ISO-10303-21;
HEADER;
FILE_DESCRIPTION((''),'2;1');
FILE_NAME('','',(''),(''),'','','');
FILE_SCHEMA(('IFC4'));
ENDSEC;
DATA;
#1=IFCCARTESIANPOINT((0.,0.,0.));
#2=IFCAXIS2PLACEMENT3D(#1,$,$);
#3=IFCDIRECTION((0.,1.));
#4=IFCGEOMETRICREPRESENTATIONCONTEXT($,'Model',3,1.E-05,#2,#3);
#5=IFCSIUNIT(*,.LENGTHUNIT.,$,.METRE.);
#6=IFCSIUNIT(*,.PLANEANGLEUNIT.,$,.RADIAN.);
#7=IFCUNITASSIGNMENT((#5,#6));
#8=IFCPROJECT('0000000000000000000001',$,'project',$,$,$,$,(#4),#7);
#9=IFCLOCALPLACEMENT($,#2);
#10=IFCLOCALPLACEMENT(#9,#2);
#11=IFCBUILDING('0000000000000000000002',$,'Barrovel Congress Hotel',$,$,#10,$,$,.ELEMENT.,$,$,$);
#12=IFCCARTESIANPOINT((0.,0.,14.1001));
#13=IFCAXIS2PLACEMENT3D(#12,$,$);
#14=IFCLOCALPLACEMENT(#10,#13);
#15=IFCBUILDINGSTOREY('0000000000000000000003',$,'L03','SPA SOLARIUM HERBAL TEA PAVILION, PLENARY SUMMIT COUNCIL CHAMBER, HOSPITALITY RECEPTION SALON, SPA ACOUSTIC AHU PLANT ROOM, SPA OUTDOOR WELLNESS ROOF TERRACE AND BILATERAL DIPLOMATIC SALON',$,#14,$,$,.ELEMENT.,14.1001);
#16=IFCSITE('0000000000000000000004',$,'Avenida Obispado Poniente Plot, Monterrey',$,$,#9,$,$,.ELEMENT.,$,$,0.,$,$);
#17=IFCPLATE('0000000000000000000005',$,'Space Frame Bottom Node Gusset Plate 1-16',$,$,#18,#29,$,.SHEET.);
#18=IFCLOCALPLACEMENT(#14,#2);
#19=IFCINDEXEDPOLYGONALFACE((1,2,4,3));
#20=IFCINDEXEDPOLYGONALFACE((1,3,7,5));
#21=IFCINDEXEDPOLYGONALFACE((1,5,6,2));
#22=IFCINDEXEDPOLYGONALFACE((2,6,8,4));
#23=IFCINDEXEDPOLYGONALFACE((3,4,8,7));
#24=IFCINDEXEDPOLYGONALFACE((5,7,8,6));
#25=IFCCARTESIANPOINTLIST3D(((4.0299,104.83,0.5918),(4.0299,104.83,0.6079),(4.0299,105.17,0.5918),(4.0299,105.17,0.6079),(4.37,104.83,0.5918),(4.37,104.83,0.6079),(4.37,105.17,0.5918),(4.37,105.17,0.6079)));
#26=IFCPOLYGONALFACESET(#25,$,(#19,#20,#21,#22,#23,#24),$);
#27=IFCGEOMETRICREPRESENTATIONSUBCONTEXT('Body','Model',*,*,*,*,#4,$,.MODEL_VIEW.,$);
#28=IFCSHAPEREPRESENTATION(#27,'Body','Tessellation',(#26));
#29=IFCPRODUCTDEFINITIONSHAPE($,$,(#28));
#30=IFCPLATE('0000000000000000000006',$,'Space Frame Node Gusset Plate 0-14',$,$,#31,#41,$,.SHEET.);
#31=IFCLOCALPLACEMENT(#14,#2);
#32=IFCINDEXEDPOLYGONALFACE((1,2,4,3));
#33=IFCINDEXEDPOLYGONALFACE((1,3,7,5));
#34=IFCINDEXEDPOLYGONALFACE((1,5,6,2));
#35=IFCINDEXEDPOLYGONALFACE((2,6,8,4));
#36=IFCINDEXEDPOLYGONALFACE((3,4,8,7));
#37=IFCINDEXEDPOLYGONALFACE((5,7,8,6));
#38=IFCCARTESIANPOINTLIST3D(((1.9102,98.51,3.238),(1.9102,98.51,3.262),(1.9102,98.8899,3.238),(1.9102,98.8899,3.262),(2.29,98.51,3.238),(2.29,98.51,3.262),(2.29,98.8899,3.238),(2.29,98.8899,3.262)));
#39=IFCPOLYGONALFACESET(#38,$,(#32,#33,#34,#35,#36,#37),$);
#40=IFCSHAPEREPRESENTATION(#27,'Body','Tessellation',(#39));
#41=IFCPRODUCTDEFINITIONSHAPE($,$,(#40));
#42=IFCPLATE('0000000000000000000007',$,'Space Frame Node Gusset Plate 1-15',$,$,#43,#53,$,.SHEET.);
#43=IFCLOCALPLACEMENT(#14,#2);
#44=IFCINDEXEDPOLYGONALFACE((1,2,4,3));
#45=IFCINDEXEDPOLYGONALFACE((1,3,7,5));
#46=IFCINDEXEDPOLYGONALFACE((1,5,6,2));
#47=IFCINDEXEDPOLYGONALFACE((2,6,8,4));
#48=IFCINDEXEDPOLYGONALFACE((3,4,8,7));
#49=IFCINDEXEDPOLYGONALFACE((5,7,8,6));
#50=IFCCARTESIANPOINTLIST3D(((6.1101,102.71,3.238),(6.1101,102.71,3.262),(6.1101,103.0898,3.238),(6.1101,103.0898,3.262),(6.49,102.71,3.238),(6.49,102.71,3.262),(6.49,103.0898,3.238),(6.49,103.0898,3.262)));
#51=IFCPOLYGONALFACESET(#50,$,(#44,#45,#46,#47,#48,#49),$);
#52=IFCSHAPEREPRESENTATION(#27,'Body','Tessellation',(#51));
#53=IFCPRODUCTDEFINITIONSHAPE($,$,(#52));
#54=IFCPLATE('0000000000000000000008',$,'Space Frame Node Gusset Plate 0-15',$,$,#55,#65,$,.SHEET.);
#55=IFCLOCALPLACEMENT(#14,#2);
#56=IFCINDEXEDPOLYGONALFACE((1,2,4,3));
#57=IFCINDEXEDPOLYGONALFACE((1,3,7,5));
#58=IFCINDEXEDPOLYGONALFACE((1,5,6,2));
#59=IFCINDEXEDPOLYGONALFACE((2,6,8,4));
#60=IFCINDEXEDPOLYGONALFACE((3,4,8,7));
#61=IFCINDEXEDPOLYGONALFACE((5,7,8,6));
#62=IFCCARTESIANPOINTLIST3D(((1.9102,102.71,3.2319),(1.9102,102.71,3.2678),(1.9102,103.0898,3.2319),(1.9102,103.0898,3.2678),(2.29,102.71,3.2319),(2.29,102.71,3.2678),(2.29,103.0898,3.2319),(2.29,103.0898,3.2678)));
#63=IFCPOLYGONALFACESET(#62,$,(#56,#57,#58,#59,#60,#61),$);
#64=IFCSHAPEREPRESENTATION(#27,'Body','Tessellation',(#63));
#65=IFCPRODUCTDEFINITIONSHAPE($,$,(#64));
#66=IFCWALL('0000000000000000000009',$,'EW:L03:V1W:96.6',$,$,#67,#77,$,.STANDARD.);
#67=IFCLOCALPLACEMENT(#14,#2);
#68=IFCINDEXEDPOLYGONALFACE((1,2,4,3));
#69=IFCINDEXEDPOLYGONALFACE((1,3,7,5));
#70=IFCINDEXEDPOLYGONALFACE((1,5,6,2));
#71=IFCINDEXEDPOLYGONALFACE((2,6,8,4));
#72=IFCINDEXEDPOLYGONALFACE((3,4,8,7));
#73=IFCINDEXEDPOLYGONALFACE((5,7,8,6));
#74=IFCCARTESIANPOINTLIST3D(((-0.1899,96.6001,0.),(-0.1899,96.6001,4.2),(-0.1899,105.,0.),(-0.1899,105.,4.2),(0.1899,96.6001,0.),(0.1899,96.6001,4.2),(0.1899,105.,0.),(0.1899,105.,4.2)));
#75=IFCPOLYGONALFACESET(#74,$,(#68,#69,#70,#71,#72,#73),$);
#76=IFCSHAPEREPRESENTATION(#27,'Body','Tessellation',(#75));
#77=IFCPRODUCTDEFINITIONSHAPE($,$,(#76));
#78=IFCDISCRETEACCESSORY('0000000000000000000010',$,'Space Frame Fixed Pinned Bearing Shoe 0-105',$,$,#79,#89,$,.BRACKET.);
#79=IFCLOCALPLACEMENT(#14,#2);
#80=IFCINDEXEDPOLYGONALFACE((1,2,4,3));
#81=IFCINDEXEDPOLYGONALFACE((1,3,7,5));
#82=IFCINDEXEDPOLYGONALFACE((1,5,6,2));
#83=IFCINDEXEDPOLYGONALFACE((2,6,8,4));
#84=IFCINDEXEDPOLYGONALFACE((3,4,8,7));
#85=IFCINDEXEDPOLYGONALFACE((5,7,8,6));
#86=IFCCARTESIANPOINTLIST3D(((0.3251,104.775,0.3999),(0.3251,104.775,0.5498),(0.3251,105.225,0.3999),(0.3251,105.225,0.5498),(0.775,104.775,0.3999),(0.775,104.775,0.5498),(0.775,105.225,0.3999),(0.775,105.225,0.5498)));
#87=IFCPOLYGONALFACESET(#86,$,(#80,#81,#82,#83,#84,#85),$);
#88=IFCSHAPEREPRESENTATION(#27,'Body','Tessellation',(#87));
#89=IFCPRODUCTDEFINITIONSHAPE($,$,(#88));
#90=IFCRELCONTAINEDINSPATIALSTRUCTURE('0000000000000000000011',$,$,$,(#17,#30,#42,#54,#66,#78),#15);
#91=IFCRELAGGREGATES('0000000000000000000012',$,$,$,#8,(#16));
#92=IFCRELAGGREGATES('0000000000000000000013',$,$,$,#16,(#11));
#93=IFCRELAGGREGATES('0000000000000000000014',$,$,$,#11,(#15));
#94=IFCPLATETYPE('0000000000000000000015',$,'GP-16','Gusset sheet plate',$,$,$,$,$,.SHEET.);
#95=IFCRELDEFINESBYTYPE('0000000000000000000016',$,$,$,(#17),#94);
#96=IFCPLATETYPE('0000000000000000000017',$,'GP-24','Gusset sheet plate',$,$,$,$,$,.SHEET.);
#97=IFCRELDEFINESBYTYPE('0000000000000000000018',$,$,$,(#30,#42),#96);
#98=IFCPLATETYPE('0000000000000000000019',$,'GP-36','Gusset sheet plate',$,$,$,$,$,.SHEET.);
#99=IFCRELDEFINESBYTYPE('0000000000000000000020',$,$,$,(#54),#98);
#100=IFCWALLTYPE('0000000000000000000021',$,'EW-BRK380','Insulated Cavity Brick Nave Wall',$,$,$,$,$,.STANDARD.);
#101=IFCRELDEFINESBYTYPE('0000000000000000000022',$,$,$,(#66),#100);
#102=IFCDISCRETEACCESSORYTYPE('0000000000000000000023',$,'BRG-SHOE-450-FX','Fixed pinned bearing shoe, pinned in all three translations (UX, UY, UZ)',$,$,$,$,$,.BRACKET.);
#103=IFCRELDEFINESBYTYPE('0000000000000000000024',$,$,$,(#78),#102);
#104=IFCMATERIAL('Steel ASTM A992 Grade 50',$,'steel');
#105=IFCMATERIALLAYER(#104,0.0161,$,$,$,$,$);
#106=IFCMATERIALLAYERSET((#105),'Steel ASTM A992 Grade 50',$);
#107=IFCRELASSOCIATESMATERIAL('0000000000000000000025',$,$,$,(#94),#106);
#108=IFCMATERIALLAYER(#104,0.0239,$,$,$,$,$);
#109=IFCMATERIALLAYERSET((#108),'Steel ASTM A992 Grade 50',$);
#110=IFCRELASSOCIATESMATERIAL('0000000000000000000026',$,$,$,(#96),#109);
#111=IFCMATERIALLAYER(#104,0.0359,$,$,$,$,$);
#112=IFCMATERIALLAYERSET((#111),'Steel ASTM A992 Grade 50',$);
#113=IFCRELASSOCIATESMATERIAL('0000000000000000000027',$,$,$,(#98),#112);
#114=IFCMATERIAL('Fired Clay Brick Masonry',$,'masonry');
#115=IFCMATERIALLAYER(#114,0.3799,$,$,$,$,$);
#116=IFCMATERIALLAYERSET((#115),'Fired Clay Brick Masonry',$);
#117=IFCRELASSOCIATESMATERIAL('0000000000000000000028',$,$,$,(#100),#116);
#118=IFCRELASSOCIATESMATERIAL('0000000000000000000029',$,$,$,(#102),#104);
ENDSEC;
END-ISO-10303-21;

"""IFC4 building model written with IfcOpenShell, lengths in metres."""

from ifc_helpers import new_model, si_unit, direction, frame, frame_2d, origin, origin_2d, place, context, subcontext, project, spatial, rectangle, extrude, material, layer, layer_set, type_object, element, save


model = new_model("IFC4")

# Units and contexts
model_context = context("Model", 3, precision=1e-05, world=origin(), true_north=direction((0.0, 1.0)))
body_context = subcontext(model_context, "Body", "Model", "MODEL_VIEW")
ifc_project = project(units=[si_unit("LENGTHUNIT", "METRE"), si_unit("PLANEANGLEUNIT", "RADIAN")], contexts=[model_context])

# Site, building, storey
site_placement = place(None, origin())
site = spatial("IfcSite", under=ifc_project, at=site_placement, Name="Avenida Obispado Poniente Plot, Monterrey", CompositionType="ELEMENT", RefElevation=0.0)
building_placement = place(site_placement, origin())
building = spatial("IfcBuilding", under=site, at=building_placement, Name="Barrovel Congress Hotel", CompositionType="ELEMENT")
storey_placement = place(building_placement, frame((0.0, 0.0, 14.1001)))
storey = spatial("IfcBuildingStorey", under=building, at=storey_placement, Name="L03", Description="SPA SOLARIUM HERBAL TEA PAVILION, PLENARY SUMMIT COUNCIL CHAMBER, HOSPITALITY RECEPTION SALON, SPA ACOUSTIC AHU PLANT ROOM, SPA OUTDOOR WELLNESS ROOF TERRACE AND BILATERAL DIPLOMATIC SALON", CompositionType="ELEMENT", Elevation=14.1001)

# Shared definitions
ifc_material_1 = material(Name="Steel ASTM A992 Grade 50", Category="steel")

# Plates
ifc_layer_1 = layer(ifc_material_1, 0.0161)
ifc_layer_set_1 = layer_set([ifc_layer_1], Name="Steel ASTM A992 Grade 50")
plate_type_1 = type_object("IfcPlateType", Name="GP-16", Description="Gusset sheet plate", PredefinedType="SHEET", material=ifc_layer_set_1)
for number, where, z_axis, x_axis, name in (
    (1, (4.2, 105.0, 0.5918), (0.0, 0.0, 1.0), (1.0, 0.0, 0.0), "Space Frame Bottom Node Gusset Plate 1-16"),
):
    element("IfcPlate", number, at=place(storey_placement, frame(where, z_axis=z_axis, x_axis=x_axis)), inside=storey, type_object=plate_type_1, Name=name, PredefinedType="SHEET", context=body_context, shape_type="SweptSolid", body=[
        extrude(rectangle(XDim=0.3401, YDim=0.3401, at=origin_2d()), origin(), (0.0, 0.0, 1.0), 0.0161),
    ])
ifc_layer_2 = layer(ifc_material_1, 0.0239)
ifc_layer_set_2 = layer_set([ifc_layer_2], Name="Steel ASTM A992 Grade 50")
plate_type_2 = type_object("IfcPlateType", Name="GP-24", Description="Gusset sheet plate", PredefinedType="SHEET", material=ifc_layer_set_2)
for number, where, z_axis, x_axis, name in (
    (2, (2.1001, 98.7, 3.238), (0.0, 0.0, 1.0), (1.0, 0.0, 0.0), "Space Frame Node Gusset Plate 0-14"),
    (3, (6.3, 102.8999, 3.238), (0.0, 0.0, 1.0), (1.0, 0.0, 0.0), "Space Frame Node Gusset Plate 1-15"),
):
    element("IfcPlate", number, at=place(storey_placement, frame(where, z_axis=z_axis, x_axis=x_axis)), inside=storey, type_object=plate_type_2, Name=name, PredefinedType="SHEET", context=body_context, shape_type="SweptSolid", body=[
        extrude(rectangle(XDim=0.3799, YDim=0.3799, at=origin_2d()), origin(), (0.0, 0.0, 1.0), 0.0239),
    ])
ifc_layer_3 = layer(ifc_material_1, 0.0359)
ifc_layer_set_3 = layer_set([ifc_layer_3], Name="Steel ASTM A992 Grade 50")
plate_type_3 = type_object("IfcPlateType", Name="GP-36", Description="Gusset sheet plate", PredefinedType="SHEET", material=ifc_layer_set_3)
plate_1_placement = place(storey_placement, frame((2.1001, 102.8999, 3.2319), z_axis=(0.0, 0.0, 1.0), x_axis=(1.0, 0.0, 0.0)))
element("IfcPlate", 4, at=plate_1_placement, inside=storey, type_object=plate_type_3, Name="Space Frame Node Gusset Plate 0-15", PredefinedType="SHEET", context=body_context, shape_type="SweptSolid", body=[
    extrude(rectangle(XDim=0.3799, YDim=0.3799, at=origin_2d()), origin(), (0.0, 0.0, 1.0), 0.0359),
])

# Wall
ifc_material_2 = material(Name="Fired Clay Brick Masonry", Category="masonry")
ifc_layer_4 = layer(ifc_material_2, 0.3799)
ifc_layer_set_4 = layer_set([ifc_layer_4], Name="Fired Clay Brick Masonry")
wall_type = type_object("IfcWallType", Name="EW-BRK380", Description="Insulated Cavity Brick Nave Wall", PredefinedType="STANDARD", material=ifc_layer_set_4)
wall_placement = place(storey_placement, frame((0.0, 105.0, 0.0), z_axis=(0.0, 0.0, 1.0), x_axis=(0.0, -1.0, 0.0)))
element("IfcWall", 5, at=wall_placement, inside=storey, type_object=wall_type, Name="EW:L03:V1W:96.6", PredefinedType="STANDARD", context=body_context, shape_type="SweptSolid", body=[
    extrude(rectangle(XDim=8.3999, YDim=0.3799, at=frame_2d((4.2, 0.0))), origin(), (0.0, 0.0, 1.0), 4.2),
])

# Discrete accessory
discrete_accessory_type = type_object("IfcDiscreteAccessoryType", Name="BRG-SHOE-450-FX", Description="Fixed pinned bearing shoe, pinned in all three translations (UX, UY, UZ)", PredefinedType="BRACKET", material=ifc_material_1)
discrete_accessory_placement = place(storey_placement, frame((0.55, 105.0, 0.3999), z_axis=(0.0, 0.0, 1.0), x_axis=(1.0, 0.0, 0.0)))
element("IfcDiscreteAccessory", 6, at=discrete_accessory_placement, inside=storey, type_object=discrete_accessory_type, Name="Space Frame Fixed Pinned Bearing Shoe 0-105", PredefinedType="BRACKET", context=body_context, shape_type="SweptSolid", body=[
    extrude(rectangle(XDim=0.45, YDim=0.45, at=origin_2d()), origin(), (0.0, 0.0, 1.0), 0.1499),
])

save(model, "model.ifc")
